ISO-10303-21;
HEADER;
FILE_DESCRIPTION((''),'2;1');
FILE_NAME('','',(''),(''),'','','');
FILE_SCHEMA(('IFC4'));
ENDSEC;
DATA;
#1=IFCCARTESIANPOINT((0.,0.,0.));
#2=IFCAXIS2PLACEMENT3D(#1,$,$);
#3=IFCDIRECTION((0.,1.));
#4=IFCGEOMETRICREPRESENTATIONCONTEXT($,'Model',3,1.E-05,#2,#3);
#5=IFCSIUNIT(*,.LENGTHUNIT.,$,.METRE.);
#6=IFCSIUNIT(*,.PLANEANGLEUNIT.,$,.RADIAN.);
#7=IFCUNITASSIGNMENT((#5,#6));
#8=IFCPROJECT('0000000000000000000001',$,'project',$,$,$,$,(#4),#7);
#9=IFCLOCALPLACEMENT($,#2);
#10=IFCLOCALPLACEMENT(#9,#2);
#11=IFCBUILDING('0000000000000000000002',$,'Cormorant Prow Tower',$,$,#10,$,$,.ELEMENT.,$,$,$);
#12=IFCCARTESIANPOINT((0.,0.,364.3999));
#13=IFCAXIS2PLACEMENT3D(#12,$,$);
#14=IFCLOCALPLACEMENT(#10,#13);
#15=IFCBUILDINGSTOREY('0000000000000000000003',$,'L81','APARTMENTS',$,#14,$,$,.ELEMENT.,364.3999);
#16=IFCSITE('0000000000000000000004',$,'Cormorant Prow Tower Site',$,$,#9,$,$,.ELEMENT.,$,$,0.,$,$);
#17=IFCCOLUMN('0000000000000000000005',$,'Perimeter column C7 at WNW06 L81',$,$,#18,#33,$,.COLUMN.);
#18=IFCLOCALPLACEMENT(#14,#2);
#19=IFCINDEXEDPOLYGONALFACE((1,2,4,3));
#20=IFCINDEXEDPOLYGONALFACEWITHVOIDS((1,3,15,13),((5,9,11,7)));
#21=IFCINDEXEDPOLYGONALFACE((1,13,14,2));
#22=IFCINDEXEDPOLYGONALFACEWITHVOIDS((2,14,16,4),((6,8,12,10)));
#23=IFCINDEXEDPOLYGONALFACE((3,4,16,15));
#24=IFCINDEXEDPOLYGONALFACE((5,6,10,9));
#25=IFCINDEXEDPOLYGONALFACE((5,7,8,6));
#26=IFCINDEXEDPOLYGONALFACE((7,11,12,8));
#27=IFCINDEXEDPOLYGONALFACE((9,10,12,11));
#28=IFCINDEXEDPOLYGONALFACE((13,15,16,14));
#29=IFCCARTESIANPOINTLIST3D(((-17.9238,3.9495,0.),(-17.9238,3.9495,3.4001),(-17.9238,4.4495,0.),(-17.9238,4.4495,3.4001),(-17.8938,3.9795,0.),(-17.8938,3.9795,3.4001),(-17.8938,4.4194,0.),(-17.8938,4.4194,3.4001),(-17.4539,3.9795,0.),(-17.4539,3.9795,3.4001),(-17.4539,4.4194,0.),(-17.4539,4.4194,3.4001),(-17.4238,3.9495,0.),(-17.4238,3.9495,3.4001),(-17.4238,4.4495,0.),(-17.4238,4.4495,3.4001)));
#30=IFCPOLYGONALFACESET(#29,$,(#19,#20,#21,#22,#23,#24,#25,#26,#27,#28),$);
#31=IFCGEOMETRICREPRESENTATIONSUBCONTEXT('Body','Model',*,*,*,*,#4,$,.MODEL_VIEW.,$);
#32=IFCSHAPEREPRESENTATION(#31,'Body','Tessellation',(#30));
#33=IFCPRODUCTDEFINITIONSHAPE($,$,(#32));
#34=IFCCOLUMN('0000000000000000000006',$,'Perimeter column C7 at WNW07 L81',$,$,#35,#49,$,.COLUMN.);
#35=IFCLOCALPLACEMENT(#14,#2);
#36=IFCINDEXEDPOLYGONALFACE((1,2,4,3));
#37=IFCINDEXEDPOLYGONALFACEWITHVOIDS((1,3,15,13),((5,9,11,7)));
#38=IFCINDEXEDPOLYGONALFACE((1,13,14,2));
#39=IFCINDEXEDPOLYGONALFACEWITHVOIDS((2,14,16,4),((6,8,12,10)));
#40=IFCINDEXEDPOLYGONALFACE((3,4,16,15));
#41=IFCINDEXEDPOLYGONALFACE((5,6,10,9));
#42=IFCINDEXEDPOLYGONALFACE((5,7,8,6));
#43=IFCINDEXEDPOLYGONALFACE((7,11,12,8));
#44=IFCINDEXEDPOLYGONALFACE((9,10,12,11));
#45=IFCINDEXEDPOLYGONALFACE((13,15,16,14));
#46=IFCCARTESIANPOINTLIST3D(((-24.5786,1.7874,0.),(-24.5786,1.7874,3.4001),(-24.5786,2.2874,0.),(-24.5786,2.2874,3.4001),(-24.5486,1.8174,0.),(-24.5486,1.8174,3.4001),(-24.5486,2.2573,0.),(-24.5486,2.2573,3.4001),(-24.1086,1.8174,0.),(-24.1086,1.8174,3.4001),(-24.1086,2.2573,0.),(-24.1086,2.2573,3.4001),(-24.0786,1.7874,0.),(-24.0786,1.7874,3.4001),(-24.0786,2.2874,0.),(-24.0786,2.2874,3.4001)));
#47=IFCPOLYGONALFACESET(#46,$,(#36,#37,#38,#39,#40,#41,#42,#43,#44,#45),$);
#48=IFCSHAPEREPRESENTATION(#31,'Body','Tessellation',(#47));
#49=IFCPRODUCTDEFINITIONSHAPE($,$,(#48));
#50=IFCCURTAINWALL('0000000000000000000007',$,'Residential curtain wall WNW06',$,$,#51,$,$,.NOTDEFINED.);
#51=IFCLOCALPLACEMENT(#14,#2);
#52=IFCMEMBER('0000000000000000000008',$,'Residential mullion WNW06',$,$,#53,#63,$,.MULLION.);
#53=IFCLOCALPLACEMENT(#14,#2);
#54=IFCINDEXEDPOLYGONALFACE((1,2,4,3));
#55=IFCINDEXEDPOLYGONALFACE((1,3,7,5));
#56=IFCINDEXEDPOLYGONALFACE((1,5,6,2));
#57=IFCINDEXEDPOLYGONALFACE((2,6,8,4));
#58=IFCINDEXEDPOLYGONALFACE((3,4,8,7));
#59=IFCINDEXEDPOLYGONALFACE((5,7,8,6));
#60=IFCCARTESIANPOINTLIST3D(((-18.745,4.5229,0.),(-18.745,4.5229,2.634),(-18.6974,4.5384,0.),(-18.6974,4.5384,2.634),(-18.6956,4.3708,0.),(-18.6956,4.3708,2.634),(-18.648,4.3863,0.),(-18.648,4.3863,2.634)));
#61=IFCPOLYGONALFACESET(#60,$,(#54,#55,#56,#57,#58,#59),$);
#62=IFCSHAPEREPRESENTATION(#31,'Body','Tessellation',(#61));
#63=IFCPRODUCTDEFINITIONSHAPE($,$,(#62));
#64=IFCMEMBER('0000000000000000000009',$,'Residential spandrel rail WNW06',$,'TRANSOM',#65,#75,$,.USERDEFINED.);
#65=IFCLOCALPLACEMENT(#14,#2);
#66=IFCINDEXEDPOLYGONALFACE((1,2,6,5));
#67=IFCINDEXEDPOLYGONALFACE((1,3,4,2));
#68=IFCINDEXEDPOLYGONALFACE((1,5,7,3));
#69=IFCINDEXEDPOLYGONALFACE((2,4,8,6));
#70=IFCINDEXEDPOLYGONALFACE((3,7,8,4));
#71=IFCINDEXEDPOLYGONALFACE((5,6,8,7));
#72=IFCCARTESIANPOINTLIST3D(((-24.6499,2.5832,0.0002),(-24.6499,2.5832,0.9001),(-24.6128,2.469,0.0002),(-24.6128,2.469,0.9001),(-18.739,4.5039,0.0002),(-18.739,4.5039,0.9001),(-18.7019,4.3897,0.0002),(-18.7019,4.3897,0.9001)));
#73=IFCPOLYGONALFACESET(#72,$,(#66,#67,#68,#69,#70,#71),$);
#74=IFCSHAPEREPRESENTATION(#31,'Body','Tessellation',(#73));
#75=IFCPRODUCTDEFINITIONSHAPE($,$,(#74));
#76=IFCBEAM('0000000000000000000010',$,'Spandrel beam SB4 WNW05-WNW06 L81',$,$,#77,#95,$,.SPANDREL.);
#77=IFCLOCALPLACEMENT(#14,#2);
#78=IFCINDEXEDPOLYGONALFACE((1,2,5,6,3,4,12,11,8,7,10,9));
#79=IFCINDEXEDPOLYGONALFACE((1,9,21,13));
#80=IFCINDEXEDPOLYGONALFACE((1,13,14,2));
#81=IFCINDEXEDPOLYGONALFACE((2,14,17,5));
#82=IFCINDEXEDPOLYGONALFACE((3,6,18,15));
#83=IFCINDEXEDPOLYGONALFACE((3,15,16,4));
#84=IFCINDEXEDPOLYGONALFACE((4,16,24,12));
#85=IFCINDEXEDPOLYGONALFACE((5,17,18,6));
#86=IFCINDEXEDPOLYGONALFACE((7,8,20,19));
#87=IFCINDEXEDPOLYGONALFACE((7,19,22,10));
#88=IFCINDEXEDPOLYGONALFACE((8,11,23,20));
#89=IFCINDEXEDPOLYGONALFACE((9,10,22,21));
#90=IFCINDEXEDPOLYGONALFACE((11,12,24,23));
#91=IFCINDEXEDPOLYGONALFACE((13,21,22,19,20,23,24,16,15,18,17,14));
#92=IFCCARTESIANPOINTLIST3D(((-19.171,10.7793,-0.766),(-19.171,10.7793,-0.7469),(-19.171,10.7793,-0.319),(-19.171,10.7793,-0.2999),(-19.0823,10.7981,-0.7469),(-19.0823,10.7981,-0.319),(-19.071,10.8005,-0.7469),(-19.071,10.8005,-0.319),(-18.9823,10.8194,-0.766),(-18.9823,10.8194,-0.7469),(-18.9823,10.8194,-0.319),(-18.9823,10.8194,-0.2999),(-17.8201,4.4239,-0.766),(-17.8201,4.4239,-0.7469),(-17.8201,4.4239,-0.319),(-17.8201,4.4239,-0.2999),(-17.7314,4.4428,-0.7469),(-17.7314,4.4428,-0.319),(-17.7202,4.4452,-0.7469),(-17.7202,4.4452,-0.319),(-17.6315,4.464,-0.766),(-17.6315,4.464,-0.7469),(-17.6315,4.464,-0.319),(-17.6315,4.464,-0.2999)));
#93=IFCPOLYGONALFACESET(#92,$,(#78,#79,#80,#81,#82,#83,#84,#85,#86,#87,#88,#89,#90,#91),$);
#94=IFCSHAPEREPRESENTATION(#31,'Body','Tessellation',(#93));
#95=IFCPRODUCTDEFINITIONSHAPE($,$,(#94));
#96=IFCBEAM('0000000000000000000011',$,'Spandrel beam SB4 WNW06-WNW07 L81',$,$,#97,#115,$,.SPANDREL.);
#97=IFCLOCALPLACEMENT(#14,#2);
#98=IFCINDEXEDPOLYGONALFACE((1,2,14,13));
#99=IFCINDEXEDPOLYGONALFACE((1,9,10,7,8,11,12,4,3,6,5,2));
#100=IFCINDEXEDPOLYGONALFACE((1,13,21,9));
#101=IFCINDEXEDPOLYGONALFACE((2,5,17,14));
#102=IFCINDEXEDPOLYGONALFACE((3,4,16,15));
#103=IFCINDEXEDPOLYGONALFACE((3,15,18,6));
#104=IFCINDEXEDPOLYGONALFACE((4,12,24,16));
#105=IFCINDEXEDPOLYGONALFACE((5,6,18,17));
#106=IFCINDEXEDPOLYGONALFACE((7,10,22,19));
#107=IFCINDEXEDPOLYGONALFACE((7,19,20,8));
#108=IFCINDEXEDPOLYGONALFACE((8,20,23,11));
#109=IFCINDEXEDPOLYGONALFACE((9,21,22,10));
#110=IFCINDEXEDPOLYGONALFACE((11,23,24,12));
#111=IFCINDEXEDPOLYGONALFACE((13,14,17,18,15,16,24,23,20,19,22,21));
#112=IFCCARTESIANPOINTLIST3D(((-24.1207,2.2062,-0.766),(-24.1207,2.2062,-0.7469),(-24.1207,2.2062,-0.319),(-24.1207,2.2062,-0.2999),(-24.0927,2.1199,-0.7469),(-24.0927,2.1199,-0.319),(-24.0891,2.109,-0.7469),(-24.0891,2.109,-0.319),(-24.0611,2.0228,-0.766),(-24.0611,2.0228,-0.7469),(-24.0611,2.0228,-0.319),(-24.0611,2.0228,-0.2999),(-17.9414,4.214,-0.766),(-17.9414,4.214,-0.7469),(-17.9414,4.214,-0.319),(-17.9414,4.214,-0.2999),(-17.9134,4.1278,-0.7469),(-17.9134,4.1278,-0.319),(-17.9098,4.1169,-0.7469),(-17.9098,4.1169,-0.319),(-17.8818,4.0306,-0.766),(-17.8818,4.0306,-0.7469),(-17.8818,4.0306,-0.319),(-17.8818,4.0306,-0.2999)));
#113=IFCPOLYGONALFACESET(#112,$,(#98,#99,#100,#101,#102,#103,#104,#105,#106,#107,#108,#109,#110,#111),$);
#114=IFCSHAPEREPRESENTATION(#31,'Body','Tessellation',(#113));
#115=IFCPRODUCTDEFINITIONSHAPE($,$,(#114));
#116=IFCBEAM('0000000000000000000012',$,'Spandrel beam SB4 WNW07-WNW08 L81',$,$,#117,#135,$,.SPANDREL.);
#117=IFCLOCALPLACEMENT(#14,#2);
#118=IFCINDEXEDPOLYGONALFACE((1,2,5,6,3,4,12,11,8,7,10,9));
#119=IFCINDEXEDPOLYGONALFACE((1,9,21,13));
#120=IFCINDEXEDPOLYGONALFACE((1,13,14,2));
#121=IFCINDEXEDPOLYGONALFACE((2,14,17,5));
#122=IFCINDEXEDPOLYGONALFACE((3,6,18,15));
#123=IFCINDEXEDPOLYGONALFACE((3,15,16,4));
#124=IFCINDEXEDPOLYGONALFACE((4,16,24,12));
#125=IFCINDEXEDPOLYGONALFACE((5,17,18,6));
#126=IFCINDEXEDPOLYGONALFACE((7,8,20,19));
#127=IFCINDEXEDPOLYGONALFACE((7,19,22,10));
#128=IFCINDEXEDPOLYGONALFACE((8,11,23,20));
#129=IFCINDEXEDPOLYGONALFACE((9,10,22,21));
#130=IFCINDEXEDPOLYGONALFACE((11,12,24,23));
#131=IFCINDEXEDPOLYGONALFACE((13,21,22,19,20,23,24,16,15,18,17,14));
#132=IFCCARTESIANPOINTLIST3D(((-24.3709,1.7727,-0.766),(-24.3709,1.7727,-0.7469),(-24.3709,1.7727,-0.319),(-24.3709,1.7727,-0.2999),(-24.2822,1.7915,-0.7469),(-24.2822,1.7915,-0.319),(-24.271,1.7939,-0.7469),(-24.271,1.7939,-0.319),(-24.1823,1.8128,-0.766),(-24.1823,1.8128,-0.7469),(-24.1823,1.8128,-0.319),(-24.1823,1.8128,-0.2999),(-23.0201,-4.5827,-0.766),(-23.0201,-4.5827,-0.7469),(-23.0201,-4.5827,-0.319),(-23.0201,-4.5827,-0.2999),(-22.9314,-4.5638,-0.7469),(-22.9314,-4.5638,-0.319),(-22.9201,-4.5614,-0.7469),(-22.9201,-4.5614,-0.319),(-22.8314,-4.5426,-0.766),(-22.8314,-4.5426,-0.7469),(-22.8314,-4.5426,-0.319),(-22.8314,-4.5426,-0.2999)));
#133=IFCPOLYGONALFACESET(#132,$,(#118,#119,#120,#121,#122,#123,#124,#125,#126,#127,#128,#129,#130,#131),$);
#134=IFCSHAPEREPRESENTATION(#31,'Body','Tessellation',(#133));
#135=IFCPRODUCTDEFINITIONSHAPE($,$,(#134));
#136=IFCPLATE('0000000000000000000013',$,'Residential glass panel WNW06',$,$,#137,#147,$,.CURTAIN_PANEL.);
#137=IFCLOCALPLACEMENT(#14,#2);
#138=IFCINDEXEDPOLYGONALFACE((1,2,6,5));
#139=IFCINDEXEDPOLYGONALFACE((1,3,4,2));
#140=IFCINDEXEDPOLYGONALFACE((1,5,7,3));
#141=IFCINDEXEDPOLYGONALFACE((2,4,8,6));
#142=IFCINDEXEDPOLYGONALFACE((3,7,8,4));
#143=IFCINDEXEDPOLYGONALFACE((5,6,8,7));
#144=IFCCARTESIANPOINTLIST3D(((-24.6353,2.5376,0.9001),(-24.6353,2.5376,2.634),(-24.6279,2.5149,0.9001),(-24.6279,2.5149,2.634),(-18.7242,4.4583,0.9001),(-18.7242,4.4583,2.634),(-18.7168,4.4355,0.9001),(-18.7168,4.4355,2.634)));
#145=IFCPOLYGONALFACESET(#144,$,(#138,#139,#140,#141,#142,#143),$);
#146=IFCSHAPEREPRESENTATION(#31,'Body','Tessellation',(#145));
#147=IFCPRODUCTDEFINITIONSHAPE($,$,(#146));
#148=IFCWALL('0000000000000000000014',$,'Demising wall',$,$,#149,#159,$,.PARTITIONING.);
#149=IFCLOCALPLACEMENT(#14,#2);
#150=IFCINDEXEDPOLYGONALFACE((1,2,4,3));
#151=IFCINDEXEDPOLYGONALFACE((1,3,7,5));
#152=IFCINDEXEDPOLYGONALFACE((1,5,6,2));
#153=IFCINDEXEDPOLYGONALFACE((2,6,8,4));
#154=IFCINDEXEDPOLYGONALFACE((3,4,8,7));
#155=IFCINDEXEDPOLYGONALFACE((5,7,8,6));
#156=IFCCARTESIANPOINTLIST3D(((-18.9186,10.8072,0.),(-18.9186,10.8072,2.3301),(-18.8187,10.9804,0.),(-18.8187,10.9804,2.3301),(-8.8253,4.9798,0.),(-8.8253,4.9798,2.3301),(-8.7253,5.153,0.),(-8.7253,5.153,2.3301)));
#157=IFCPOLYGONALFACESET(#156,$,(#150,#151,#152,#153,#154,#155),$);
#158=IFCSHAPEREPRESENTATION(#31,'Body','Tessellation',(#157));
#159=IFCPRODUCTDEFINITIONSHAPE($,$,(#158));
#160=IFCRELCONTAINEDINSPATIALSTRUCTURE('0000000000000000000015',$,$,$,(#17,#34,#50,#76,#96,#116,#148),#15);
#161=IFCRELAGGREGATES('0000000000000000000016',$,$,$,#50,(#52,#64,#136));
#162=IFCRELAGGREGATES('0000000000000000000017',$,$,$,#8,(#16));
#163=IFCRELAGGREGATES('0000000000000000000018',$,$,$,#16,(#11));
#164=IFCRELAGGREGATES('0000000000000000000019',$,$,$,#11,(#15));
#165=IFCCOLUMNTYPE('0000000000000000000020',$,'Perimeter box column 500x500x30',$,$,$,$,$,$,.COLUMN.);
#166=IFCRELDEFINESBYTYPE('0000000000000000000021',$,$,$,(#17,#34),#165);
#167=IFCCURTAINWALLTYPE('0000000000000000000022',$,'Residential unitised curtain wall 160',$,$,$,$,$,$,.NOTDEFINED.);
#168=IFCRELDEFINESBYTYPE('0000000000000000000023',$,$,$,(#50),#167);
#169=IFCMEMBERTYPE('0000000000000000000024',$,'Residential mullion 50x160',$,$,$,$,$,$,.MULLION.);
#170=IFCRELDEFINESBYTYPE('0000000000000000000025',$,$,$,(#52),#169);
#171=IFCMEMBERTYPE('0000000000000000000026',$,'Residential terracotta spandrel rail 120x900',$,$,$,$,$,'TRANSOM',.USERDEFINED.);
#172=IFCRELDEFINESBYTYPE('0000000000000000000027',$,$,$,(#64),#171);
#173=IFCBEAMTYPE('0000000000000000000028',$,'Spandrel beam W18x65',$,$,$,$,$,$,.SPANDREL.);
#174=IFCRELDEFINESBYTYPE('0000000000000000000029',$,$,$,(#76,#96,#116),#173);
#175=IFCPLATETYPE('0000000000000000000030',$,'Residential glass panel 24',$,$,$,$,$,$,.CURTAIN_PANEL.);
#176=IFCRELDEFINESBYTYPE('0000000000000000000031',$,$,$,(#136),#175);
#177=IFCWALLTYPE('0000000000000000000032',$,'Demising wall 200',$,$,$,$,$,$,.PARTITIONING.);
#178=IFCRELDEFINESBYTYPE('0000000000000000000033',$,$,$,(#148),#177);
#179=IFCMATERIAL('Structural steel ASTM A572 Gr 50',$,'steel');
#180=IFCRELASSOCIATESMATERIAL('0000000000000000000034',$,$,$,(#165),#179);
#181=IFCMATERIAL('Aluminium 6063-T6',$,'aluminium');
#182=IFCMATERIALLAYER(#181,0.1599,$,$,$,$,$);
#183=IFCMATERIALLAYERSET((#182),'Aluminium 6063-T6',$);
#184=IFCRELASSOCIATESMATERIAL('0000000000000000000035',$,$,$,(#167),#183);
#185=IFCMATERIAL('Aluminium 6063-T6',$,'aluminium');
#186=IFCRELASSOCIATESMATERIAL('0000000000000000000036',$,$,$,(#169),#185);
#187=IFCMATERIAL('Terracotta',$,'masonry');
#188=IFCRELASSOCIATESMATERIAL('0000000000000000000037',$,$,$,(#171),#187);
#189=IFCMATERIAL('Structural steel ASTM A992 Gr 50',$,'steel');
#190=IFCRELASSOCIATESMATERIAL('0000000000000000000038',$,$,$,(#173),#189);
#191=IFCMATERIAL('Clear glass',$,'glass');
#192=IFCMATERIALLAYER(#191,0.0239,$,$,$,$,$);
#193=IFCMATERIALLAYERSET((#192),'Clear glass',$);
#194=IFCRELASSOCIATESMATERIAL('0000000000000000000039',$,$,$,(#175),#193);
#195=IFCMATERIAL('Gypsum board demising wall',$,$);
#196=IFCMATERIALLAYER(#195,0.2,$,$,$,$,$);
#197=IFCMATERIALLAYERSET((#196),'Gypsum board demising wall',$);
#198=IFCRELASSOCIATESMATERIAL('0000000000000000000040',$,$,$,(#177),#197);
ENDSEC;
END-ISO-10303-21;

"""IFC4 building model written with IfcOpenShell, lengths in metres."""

from ifc_helpers import new_model, si_unit, direction, frame, frame_2d, origin, origin_2d, place, context, subcontext, project, spatial, rectangle, hollow_rectangle, i_section, extrude, material, layer, layer_set, material_profile, profile_set, type_object, element, aggregate, save


model = new_model("IFC4")

# Units and contexts
model_context = context("Model", 3, precision=1e-05, world=origin(), true_north=direction((0.0, 1.0)))
body_context = subcontext(model_context, "Body", "Model", "MODEL_VIEW")
ifc_project = project(units=[si_unit("LENGTHUNIT", "METRE"), si_unit("PLANEANGLEUNIT", "RADIAN")], contexts=[model_context])

# Site, building, storey
site_placement = place(None, origin())
site = spatial("IfcSite", under=ifc_project, at=site_placement, Name="Cormorant Prow Tower Site", CompositionType="ELEMENT", RefElevation=0.0)
building_placement = place(site_placement, origin())
building = spatial("IfcBuilding", under=site, at=building_placement, Name="Cormorant Prow Tower", CompositionType="ELEMENT")
storey_placement = place(building_placement, frame((0.0, 0.0, 364.3999)))
storey = spatial("IfcBuildingStorey", under=building, at=storey_placement, Name="L81", Description="APARTMENTS", CompositionType="ELEMENT", Elevation=364.3999)

# Columns
ifc_material_1 = material(Name="Structural steel ASTM A572 Gr 50", Category="steel")
ifc_material_profile_1 = material_profile(ifc_material_1, hollow_rectangle(XDim=0.5, YDim=0.5, WallThickness=0.03, at=origin_2d()), Name="Box 500x500x30")
ifc_profile_set_1 = profile_set([ifc_material_profile_1], Name="Structural steel ASTM A572 Gr 50")
column_type = type_object("IfcColumnType", Name="Perimeter box column 500x500x30", PredefinedType="COLUMN", material=ifc_profile_set_1)
for number, where, z_axis, x_axis, name in (
    (1, (-17.6738, 4.1995, 0.0), (0.0, 0.0, 1.0), (1.0, 0.0, 0.0), "Perimeter column C7 at WNW06 L81"),
    (2, (-24.3286, 2.0374, 0.0), (0.0, 0.0, 1.0), (1.0, 0.0, 0.0), "Perimeter column C7 at WNW07 L81"),
):
    element("IfcColumn", number, at=place(storey_placement, frame(where, z_axis=z_axis, x_axis=x_axis)), inside=storey, type_object=column_type, Name=name, PredefinedType="COLUMN", context=body_context, shape_type="SweptSolid", body=[
        extrude(hollow_rectangle(XDim=0.5, YDim=0.5, WallThickness=0.03, at=origin_2d()), origin(), (0.0, 0.0, 1.0), 3.4001),
    ])

# Curtain wall, members
ifc_material_2 = material(Name="Aluminium 6063-T6", Category="aluminium")
ifc_layer_1 = layer(ifc_material_2, 0.1599)
ifc_layer_set_1 = layer_set([ifc_layer_1], Name="Aluminium 6063-T6")
curtain_wall_type = type_object("IfcCurtainWallType", Name="Residential unitised curtain wall 160", PredefinedType="NOTDEFINED", material=ifc_layer_set_1)
curtain_wall_placement = place(storey_placement, origin())
curtain_wall = element("IfcCurtainWall", 3, at=curtain_wall_placement, inside=storey, type_object=curtain_wall_type, Name="Residential curtain wall WNW06", PredefinedType="NOTDEFINED")
ifc_material_3 = material(Name="Aluminium 6063-T6", Category="aluminium")
ifc_material_profile_2 = material_profile(ifc_material_3, rectangle(XDim=0.1599, YDim=0.05, at=origin_2d()), Name="Residential mullion 50x160")
ifc_profile_set_2 = profile_set([ifc_material_profile_2], Name="Aluminium 6063-T6")
member_type_1 = type_object("IfcMemberType", Name="Residential mullion 50x160", PredefinedType="MULLION", material=ifc_profile_set_2)
member_1_placement = place(storey_placement, frame((-18.6965, 4.4546, 0.0), z_axis=(0.0, 0.0, 1.0), x_axis=(0.309017, -0.951057, 0.0)))
member_1 = element("IfcMember", 4, at=member_1_placement, type_object=member_type_1, Name="Residential mullion WNW06", PredefinedType="MULLION", context=body_context, shape_type="SweptSolid", body=[
    extrude(rectangle(XDim=0.1599, YDim=0.05, at=origin_2d()), origin(), (0.0, 0.0, 1.0), 2.634),
])
ifc_material_4 = material(Name="Terracotta", Category="masonry")
ifc_material_profile_3 = material_profile(ifc_material_4, rectangle(XDim=0.1201, YDim=0.8999, at=origin_2d()), Name="Residential terracotta spandrel rail 120x900")
ifc_profile_set_3 = profile_set([ifc_material_profile_3], Name="Terracotta")
member_type_2 = type_object("IfcMemberType", Name="Residential terracotta spandrel rail 120x900", ElementType="TRANSOM", PredefinedType="USERDEFINED", material=ifc_profile_set_3)
member_2_placement = place(storey_placement, frame((-18.7205, 4.4468, 0.4502), z_axis=(-0.951052, -0.30903, 0.0), x_axis=(0.30903, -0.951052, 0.0)))
member_2 = element("IfcMember", 5, at=member_2_placement, type_object=member_type_2, Name="Residential spandrel rail WNW06", ObjectType="TRANSOM", PredefinedType="USERDEFINED", context=body_context, shape_type="SweptSolid", body=[
    extrude(rectangle(XDim=0.1201, YDim=0.8999, at=origin_2d()), origin(), (0.0, 0.0, 1.0), 6.2151),
])

# Beams
ifc_material_5 = material(Name="Structural steel ASTM A992 Gr 50", Category="steel")
ifc_material_profile_4 = material_profile(ifc_material_5, i_section(OverallWidth=0.1929, OverallDepth=0.4661, WebThickness=0.0115, FlangeThickness=0.019, at=origin_2d()), Name="W18x65")
ifc_profile_set_4 = profile_set([ifc_material_profile_4], Name="Structural steel ASTM A992 Gr 50")
beam_type = type_object("IfcBeamType", Name="Spandrel beam W18x65", PredefinedType="SPANDREL", material=ifc_profile_set_4)
for number, where, z_axis, x_axis, name in (
    (6, (-19.0767, 10.7993, -0.533), (0.20791, -0.978148, 0.0), (0.978148, 0.20791, 0.0), "Spandrel beam SB4 WNW05-WNW06 L81"),
    (7, (-17.9116, 4.1223, -0.533), (-0.951053, -0.309027, 0.0), (0.309027, -0.951053, 0.0), "Spandrel beam SB4 WNW06-WNW07 L81"),
    (8, (-24.2766, 1.7927, -0.533), (0.20791, -0.978148, 0.0), (0.978148, 0.20791, 0.0), "Spandrel beam SB4 WNW07-WNW08 L81"),
):
    element("IfcBeam", number, at=place(storey_placement, frame(where, z_axis=z_axis, x_axis=x_axis)), inside=storey, type_object=beam_type, Name=name, PredefinedType="SPANDREL", context=body_context, shape_type="SweptSolid", body=[
        extrude(i_section(OverallWidth=0.1929, OverallDepth=0.4661, WebThickness=0.0115, FlangeThickness=0.019, at=origin_2d()), origin(), (0.0, 0.0, 1.0), 6.4973),
    ])

# Plate
ifc_material_6 = material(Name="Clear glass", Category="glass")
ifc_layer_2 = layer(ifc_material_6, 0.0239)
ifc_layer_set_2 = layer_set([ifc_layer_2], Name="Clear glass")
plate_type = type_object("IfcPlateType", Name="Residential glass panel 24", PredefinedType="CURTAIN_PANEL", material=ifc_layer_set_2)
plate_placement = place(storey_placement, frame((-21.676, 3.4866, 0.9001), z_axis=(0.0, 0.0, 1.0), x_axis=(-0.951057, -0.309017, 0.0)))
plate = element("IfcPlate", 9, at=plate_placement, type_object=plate_type, Name="Residential glass panel WNW06", PredefinedType="CURTAIN_PANEL", context=body_context, shape_type="SweptSolid", body=[
    extrude(rectangle(XDim=6.2153, YDim=0.0239, at=origin_2d()), origin(), (0.0, 0.0, 1.0), 1.7339),
])
aggregate(curtain_wall, [member_1, member_2, plate])

# Wall
ifc_material_7 = material(Name="Gypsum board demising wall")
ifc_layer_3 = layer(ifc_material_7, 0.2)
ifc_layer_set_3 = layer_set([ifc_layer_3], Name="Gypsum board demising wall")
wall_type_1 = type_object("IfcWallType", Name="Demising wall 200", PredefinedType="PARTITIONING", material=ifc_layer_set_3)
wall_1_placement = place(storey_placement, frame((-18.8687, 10.8938, 0.0), z_axis=(0.0, 0.0, 1.0), x_axis=(0.866024, -0.500003, 0.0)))
element("IfcWall", 10, at=wall_1_placement, inside=storey, type_object=wall_type_1, Name="Demising wall", PredefinedType="PARTITIONING", context=body_context, shape_type="SweptSolid", body=[
    extrude(rectangle(XDim=11.6548, YDim=0.2, at=frame_2d((5.8274, 0.0))), origin(), (0.0, 0.0, 1.0), 2.3301),
])

save(model, "model.ifc")
